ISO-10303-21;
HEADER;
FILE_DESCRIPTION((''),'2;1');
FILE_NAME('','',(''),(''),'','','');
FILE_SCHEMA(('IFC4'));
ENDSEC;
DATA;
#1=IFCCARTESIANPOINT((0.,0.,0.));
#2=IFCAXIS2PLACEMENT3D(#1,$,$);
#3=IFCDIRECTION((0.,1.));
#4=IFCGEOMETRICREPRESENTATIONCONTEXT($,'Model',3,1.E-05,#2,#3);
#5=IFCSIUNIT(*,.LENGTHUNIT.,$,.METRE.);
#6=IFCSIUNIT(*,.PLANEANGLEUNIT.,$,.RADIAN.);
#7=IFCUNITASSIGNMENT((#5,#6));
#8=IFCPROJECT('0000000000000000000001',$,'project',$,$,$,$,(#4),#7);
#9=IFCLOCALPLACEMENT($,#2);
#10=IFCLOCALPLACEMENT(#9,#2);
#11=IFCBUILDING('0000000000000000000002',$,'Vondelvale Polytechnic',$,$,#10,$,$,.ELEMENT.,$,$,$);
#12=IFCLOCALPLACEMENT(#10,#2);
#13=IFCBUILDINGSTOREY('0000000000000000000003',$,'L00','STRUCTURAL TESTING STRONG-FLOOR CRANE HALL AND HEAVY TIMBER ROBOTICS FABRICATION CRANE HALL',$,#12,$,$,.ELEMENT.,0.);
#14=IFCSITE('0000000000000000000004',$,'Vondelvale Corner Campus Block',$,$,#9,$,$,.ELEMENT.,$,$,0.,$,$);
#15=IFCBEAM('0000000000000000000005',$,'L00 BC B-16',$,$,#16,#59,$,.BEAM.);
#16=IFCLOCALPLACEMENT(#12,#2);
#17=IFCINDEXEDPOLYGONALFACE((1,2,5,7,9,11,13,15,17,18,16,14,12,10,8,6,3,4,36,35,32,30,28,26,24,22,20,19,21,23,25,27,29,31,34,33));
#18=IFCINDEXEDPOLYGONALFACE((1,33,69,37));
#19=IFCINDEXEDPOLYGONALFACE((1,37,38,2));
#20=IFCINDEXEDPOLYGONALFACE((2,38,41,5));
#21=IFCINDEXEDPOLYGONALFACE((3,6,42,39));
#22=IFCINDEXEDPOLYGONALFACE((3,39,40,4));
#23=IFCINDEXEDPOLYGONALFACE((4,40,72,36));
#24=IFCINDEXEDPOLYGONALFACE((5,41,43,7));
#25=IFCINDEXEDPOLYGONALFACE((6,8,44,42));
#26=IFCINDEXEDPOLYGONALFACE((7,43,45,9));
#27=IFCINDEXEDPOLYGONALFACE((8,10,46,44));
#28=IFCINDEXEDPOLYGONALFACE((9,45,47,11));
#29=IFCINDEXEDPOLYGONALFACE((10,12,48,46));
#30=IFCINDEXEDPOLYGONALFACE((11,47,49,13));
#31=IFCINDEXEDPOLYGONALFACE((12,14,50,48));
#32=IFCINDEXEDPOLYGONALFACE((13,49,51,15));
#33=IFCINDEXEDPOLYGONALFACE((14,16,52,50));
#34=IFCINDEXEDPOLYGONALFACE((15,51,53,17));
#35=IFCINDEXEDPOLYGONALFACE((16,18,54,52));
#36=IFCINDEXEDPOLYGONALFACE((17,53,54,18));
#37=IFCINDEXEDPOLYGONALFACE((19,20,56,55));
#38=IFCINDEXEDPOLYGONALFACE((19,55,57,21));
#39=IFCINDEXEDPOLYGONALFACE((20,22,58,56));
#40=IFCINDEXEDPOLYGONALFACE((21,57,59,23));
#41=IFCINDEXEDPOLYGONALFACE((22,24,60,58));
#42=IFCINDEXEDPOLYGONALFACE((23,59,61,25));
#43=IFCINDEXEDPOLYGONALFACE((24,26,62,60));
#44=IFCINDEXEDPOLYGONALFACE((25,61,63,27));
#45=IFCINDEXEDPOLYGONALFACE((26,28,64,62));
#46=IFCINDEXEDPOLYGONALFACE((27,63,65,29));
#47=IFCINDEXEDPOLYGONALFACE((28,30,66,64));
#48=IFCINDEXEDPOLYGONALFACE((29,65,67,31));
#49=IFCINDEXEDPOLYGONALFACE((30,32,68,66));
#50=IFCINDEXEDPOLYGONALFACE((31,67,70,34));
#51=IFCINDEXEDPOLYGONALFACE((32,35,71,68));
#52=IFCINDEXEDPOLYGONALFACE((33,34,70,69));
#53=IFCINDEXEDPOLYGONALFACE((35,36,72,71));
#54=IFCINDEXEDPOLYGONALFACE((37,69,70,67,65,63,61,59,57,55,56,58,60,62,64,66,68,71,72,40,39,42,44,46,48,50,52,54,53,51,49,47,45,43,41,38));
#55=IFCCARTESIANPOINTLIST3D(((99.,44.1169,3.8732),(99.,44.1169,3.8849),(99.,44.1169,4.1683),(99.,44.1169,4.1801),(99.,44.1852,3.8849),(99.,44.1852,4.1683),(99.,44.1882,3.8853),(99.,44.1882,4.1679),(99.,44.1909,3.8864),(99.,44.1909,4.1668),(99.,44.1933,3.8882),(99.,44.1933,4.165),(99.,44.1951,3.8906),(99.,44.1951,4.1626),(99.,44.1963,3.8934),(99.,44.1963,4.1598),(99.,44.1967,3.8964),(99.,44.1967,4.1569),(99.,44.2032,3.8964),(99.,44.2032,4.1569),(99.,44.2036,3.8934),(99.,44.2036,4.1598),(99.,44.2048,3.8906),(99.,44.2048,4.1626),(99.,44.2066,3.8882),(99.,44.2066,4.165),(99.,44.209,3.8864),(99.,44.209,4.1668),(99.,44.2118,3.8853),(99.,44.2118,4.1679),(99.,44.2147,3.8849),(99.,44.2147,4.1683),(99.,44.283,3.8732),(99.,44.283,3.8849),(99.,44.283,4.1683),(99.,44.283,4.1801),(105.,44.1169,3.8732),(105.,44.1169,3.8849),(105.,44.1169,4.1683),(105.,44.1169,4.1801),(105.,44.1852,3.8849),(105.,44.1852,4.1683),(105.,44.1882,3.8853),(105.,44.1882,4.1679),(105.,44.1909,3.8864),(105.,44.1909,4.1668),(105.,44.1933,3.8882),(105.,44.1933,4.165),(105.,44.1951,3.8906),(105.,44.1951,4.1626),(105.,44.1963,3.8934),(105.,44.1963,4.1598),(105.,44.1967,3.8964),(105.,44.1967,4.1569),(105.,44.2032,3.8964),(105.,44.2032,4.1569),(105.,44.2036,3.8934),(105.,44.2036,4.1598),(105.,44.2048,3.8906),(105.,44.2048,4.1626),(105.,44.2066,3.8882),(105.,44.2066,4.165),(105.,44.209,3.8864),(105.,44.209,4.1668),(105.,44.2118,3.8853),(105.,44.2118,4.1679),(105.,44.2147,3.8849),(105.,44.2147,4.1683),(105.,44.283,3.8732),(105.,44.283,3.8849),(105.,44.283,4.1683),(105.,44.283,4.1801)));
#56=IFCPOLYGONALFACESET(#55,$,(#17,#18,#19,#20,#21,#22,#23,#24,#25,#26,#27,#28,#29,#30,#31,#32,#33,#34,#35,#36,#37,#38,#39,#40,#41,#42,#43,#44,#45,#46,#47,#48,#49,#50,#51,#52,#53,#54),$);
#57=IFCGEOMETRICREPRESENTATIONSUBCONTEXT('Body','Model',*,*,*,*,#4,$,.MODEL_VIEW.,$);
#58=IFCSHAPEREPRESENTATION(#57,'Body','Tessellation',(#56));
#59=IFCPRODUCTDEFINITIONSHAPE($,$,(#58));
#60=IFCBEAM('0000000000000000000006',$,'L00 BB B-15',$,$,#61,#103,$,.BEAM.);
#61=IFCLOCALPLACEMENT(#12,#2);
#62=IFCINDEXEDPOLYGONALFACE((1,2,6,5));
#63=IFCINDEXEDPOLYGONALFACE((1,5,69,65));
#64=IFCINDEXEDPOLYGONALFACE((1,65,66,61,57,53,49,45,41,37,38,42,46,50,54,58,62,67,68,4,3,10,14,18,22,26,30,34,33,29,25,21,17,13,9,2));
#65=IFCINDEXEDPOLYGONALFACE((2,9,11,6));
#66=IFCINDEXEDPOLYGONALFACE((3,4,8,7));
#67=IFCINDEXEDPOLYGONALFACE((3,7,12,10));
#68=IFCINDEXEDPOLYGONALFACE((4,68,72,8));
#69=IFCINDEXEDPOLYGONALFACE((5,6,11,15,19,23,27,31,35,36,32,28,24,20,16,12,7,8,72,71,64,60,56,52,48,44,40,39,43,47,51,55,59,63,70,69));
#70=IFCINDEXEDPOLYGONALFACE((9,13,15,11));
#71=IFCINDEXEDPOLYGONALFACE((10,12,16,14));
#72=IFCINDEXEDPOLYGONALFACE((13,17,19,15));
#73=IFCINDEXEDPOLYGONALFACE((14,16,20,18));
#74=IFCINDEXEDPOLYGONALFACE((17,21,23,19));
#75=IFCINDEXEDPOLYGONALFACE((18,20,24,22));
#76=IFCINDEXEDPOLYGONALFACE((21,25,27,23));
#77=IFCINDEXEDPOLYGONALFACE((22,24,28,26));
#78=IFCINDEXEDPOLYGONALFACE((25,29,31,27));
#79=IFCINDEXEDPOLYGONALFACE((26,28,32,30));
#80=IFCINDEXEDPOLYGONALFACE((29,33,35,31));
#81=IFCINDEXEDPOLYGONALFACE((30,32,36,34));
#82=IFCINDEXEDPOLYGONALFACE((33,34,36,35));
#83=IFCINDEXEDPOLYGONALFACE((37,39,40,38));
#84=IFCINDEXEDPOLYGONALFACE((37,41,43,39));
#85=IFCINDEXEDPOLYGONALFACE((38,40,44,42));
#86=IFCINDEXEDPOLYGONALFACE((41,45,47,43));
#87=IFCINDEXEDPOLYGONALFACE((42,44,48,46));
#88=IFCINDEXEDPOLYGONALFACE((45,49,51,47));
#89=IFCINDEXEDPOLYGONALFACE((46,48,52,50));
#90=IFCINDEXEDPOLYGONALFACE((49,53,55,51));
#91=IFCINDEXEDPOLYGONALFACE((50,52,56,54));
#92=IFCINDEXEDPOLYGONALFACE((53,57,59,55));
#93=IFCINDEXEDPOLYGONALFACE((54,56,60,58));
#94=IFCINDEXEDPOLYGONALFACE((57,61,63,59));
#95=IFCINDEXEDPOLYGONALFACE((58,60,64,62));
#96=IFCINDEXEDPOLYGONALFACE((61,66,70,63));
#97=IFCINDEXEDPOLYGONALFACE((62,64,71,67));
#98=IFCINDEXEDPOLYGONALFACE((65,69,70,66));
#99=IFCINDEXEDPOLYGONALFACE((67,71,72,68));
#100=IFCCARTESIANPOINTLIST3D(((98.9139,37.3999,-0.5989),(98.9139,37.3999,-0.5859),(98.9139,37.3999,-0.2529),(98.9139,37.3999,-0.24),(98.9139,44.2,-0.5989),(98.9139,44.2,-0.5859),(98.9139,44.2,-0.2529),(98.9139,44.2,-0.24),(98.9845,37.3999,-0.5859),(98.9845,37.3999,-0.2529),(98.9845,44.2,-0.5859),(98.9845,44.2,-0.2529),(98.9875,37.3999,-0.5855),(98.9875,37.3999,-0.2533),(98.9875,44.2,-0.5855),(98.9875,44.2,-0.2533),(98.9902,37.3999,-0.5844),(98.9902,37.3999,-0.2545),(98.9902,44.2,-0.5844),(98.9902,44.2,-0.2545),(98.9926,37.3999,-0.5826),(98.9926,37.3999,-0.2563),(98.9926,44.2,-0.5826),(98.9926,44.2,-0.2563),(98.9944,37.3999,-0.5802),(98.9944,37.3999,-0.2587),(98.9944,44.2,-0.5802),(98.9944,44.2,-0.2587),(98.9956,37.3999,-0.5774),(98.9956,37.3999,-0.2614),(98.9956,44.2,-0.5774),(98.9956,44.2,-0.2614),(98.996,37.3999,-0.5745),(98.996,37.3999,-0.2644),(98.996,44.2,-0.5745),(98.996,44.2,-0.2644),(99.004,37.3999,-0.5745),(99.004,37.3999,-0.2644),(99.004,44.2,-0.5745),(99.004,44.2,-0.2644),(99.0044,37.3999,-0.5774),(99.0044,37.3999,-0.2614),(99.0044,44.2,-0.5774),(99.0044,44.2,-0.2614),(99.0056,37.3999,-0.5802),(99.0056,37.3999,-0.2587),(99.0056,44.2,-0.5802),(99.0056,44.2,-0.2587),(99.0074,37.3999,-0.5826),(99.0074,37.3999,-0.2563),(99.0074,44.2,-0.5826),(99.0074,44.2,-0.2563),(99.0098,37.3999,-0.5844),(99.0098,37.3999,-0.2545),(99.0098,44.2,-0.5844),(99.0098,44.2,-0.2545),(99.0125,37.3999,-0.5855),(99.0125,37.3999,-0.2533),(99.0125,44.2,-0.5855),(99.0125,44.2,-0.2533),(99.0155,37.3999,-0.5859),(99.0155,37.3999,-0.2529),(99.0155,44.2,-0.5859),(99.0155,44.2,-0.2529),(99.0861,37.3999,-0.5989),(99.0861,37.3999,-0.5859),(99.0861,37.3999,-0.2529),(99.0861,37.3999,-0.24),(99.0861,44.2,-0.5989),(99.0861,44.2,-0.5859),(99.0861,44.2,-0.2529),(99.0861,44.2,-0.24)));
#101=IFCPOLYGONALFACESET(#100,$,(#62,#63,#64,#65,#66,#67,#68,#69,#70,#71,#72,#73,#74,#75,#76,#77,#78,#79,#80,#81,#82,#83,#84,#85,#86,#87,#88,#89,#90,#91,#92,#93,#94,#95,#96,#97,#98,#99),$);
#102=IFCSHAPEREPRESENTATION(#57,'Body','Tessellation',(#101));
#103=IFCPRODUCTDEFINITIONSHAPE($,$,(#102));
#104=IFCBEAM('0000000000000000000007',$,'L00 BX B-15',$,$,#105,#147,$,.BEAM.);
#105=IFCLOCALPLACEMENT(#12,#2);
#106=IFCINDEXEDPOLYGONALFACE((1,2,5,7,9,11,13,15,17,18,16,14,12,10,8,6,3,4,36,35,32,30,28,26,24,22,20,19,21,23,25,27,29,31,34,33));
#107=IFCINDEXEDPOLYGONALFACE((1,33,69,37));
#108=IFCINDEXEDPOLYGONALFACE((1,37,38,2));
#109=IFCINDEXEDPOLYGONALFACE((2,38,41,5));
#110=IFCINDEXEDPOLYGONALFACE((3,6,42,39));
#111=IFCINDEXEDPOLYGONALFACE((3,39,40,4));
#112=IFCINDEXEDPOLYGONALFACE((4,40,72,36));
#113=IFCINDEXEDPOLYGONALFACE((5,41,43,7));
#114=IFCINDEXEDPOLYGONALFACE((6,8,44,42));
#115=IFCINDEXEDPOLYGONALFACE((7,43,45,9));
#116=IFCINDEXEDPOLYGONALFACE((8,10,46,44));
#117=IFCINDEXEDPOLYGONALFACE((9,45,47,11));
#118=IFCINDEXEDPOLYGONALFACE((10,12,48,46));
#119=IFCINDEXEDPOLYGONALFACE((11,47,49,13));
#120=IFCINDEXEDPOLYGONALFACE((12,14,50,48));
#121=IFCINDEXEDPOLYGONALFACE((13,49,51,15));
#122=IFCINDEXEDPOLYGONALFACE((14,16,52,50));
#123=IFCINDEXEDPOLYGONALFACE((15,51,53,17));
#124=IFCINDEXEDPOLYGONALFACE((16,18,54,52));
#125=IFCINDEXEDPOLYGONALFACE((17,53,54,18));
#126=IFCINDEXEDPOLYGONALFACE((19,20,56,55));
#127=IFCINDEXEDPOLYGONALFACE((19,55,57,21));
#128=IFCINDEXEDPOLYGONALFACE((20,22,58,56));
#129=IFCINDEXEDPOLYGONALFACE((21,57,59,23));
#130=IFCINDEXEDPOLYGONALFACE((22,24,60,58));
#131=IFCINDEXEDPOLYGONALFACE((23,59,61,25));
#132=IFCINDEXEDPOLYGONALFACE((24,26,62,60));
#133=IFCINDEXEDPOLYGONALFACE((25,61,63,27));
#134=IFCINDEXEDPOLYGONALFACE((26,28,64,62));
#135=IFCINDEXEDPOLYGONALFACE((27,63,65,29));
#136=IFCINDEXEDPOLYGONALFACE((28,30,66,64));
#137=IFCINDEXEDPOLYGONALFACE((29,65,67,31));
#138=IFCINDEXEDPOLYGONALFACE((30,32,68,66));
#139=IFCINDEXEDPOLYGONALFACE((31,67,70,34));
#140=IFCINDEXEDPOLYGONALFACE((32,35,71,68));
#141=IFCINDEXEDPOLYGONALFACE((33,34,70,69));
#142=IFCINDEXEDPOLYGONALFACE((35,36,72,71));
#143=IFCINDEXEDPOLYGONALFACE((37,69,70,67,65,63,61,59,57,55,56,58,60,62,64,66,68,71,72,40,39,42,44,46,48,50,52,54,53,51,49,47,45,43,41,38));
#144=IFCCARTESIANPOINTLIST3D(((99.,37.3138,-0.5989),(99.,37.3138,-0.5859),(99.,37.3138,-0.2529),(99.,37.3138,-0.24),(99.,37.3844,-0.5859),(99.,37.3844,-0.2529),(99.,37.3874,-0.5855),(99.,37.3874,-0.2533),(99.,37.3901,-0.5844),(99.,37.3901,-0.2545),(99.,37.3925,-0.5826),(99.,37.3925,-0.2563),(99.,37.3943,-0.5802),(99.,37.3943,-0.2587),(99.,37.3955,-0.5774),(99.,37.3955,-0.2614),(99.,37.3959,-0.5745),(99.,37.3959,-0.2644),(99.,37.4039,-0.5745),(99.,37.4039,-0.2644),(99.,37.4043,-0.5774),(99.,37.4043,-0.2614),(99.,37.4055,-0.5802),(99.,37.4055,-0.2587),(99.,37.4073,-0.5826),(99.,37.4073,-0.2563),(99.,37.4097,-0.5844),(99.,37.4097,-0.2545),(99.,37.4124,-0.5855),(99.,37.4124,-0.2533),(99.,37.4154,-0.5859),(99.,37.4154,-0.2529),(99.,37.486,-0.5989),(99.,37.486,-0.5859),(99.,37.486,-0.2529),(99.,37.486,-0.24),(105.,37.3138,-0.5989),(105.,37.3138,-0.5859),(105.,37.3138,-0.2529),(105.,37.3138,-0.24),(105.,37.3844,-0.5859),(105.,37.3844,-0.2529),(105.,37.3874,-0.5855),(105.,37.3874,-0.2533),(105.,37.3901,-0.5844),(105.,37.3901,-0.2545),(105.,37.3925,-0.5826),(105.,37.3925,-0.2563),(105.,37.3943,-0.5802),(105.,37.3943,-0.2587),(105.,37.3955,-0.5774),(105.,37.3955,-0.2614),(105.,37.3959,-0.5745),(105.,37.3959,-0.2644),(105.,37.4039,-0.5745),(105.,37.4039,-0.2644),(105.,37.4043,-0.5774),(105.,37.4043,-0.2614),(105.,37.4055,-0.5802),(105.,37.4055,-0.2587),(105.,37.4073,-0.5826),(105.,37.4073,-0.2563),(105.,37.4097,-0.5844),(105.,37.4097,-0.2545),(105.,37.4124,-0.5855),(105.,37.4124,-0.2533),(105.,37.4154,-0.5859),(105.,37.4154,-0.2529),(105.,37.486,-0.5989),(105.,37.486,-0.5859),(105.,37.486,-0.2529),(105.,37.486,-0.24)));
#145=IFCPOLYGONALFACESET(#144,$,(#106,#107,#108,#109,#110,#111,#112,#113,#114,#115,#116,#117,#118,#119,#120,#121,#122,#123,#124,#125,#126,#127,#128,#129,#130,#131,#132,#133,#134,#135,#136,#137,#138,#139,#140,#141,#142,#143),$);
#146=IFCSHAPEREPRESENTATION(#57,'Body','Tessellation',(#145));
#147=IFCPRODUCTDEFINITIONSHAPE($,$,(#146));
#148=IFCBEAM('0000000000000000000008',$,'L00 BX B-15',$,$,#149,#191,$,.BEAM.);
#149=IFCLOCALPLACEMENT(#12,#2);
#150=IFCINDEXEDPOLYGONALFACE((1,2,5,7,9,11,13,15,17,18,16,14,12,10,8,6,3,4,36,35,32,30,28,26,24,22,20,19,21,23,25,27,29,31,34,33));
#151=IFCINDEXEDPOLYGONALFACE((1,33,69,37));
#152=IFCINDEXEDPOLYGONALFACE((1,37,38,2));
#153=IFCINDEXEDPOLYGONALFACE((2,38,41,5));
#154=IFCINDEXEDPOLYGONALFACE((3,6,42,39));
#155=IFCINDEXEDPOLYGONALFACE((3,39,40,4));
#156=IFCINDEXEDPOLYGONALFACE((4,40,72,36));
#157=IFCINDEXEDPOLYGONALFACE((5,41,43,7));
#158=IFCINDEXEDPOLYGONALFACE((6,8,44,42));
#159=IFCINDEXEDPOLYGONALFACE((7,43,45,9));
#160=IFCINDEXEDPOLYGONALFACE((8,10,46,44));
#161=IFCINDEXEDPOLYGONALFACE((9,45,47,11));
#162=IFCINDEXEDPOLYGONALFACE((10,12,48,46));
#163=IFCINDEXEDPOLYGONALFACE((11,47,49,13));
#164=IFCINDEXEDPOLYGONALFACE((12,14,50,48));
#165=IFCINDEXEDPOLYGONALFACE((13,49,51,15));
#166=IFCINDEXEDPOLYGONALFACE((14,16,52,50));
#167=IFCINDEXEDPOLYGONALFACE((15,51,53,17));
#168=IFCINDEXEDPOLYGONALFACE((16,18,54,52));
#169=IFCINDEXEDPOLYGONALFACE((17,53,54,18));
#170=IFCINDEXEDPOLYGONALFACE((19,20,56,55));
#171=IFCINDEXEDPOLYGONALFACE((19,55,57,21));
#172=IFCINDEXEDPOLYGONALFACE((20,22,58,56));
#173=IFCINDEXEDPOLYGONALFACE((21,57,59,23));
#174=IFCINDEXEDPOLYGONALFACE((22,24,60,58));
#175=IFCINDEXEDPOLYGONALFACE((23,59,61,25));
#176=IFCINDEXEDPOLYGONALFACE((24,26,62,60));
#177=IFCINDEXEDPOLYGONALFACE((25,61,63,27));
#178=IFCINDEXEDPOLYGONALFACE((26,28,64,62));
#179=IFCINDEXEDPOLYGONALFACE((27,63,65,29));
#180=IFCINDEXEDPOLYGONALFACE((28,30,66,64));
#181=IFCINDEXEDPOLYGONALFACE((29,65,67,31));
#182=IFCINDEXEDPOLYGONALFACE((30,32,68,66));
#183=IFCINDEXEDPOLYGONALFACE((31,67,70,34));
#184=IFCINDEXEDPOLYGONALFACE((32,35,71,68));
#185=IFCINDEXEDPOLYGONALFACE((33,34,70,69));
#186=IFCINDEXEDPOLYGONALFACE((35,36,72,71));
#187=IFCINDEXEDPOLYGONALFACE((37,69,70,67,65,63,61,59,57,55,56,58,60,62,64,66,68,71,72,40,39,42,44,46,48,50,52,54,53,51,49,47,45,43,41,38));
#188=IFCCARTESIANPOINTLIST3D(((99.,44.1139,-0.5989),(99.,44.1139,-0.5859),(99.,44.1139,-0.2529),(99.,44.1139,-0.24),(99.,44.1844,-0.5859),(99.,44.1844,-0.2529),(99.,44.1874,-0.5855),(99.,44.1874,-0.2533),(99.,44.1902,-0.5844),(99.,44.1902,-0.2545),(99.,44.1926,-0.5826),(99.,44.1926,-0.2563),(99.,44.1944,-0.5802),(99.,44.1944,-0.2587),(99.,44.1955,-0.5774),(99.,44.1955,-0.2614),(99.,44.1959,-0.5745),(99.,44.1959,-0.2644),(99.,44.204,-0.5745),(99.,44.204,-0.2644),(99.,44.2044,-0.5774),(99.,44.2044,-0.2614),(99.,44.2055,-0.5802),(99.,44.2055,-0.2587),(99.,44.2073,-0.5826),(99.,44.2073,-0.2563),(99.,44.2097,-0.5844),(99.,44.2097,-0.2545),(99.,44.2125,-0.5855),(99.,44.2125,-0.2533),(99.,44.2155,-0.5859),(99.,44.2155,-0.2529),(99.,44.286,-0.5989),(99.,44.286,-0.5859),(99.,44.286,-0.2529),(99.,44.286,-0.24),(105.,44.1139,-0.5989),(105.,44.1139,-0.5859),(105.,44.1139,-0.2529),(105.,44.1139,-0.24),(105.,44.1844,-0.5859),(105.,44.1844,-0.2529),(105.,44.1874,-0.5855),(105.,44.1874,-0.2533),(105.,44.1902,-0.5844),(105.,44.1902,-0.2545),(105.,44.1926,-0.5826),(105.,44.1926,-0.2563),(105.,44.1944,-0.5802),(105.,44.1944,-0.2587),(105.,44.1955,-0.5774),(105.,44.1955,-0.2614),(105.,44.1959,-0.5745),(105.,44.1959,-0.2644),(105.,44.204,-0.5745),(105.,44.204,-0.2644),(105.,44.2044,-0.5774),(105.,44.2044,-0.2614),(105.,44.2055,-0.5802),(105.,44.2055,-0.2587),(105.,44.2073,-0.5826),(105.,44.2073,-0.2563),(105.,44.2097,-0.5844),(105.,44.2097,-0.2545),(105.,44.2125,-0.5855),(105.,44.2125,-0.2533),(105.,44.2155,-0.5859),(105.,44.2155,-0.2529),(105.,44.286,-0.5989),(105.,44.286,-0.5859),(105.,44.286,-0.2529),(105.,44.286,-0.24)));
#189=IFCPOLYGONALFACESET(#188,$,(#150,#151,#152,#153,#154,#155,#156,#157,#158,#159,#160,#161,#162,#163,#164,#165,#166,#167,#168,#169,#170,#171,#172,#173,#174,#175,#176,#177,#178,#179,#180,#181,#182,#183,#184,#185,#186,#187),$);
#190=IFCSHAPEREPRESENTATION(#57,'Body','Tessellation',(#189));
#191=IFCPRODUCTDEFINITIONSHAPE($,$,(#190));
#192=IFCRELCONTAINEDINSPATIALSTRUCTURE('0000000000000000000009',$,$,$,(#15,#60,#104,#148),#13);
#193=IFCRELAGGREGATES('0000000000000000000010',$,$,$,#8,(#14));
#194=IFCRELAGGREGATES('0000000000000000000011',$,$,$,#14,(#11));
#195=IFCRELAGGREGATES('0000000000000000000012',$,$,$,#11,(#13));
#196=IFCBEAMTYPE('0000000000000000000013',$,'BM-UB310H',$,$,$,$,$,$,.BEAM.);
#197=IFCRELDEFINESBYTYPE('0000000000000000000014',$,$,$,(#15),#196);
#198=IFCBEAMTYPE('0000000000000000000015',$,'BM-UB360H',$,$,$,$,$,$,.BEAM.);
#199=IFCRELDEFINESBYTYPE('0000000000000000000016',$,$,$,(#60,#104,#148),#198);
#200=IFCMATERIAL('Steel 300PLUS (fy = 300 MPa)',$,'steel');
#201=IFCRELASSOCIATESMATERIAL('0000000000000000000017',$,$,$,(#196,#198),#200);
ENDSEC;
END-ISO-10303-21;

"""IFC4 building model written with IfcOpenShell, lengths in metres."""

from ifc_helpers import new_model, si_unit, direction, frame, origin, origin_2d, place, context, subcontext, project, spatial, i_section, extrude, material, material_profile, profile_set, type_object, element, save


model = new_model("IFC4")

# Units and contexts
model_context = context("Model", 3, precision=1e-05, world=origin(), true_north=direction((0.0, 1.0)))
body_context = subcontext(model_context, "Body", "Model", "MODEL_VIEW")
ifc_project = project(units=[si_unit("LENGTHUNIT", "METRE"), si_unit("PLANEANGLEUNIT", "RADIAN")], contexts=[model_context])

# Site, building, storey
site_placement = place(None, origin())
site = spatial("IfcSite", under=ifc_project, at=site_placement, Name="Vondelvale Corner Campus Block", CompositionType="ELEMENT", RefElevation=0.0)
building_placement = place(site_placement, origin())
building = spatial("IfcBuilding", under=site, at=building_placement, Name="Vondelvale Polytechnic", CompositionType="ELEMENT")
storey_placement = place(building_placement, origin())
storey = spatial("IfcBuildingStorey", under=building, at=storey_placement, Name="L00", Description="STRUCTURAL TESTING STRONG-FLOOR CRANE HALL AND HEAVY TIMBER ROBOTICS FABRICATION CRANE HALL", CompositionType="ELEMENT", Elevation=0.0)

# Shared definitions
ifc_material_1 = material(Name="Steel 300PLUS (fy = 300 MPa)", Category="steel")

# Beams
ifc_material_profile_1 = material_profile(ifc_material_1, i_section(OverallWidth=0.166, OverallDepth=0.3069, WebThickness=0.0066, FlangeThickness=0.0117, FilletRadius=0.0115, at=origin_2d()), Name="310UB46.2")
ifc_profile_set_1 = profile_set([ifc_material_profile_1], Name="Steel 300PLUS (fy = 300 MPa)")
beam_type_1 = type_object("IfcBeamType", Name="BM-UB310H", PredefinedType="BEAM", material=ifc_profile_set_1)
for number, where, z_axis, x_axis, name in (
    (1, (99.0, 44.2, 4.0266), (1.0, 0.0, 0.0), (0.0, 1.0, 0.0), "L00 BC B-16"),
):
    element("IfcBeam", number, at=place(storey_placement, frame(where, z_axis=z_axis, x_axis=x_axis)), inside=storey, type_object=beam_type_1, Name=name, PredefinedType="BEAM", context=body_context, shape_type="SweptSolid", body=[
        extrude(i_section(OverallWidth=0.166, OverallDepth=0.3069, WebThickness=0.0066, FlangeThickness=0.0117, FilletRadius=0.0115, at=origin_2d()), origin(), (0.0, 0.0, 1.0), 6.0),
    ])
ifc_material_profile_2 = material_profile(ifc_material_1, i_section(OverallWidth=0.1721, OverallDepth=0.3589, WebThickness=0.0081, FlangeThickness=0.0129, FilletRadius=0.0115, at=origin_2d()), Name="360UB56.7")
ifc_profile_set_2 = profile_set([ifc_material_profile_2], Name="Steel 300PLUS (fy = 300 MPa)")
beam_type_2 = type_object("IfcBeamType", Name="BM-UB360H", PredefinedType="BEAM", material=ifc_profile_set_2)
beam_1_placement = place(storey_placement, frame((99.0, 37.3999, -0.4194), z_axis=(0.0, 1.0, 0.0), x_axis=(-1.0, 0.0, 0.0)))
element("IfcBeam", 2, at=beam_1_placement, inside=storey, type_object=beam_type_2, Name="L00 BB B-15", PredefinedType="BEAM", context=body_context, shape_type="SweptSolid", body=[
    extrude(i_section(OverallWidth=0.1721, OverallDepth=0.3589, WebThickness=0.0081, FlangeThickness=0.0129, FilletRadius=0.0115, at=origin_2d()), origin(), (0.0, 0.0, 1.0), 6.8),
])
for number, where, z_axis, x_axis, name in (
    (3, (99.0, 37.3999, -0.4194), (1.0, 0.0, 0.0), (0.0, 1.0, 0.0), "L00 BX B-15"),
    (4, (99.0, 44.2, -0.4194), (1.0, 0.0, 0.0), (0.0, 1.0, 0.0), "L00 BX B-15"),
):
    element("IfcBeam", number, at=place(storey_placement, frame(where, z_axis=z_axis, x_axis=x_axis)), inside=storey, type_object=beam_type_2, Name=name, PredefinedType="BEAM", context=body_context, shape_type="SweptSolid", body=[
        extrude(i_section(OverallWidth=0.1721, OverallDepth=0.3589, WebThickness=0.0081, FlangeThickness=0.0129, FilletRadius=0.0115, at=origin_2d()), origin(), (0.0, 0.0, 1.0), 6.0),
    ])

save(model, "model.ifc")
